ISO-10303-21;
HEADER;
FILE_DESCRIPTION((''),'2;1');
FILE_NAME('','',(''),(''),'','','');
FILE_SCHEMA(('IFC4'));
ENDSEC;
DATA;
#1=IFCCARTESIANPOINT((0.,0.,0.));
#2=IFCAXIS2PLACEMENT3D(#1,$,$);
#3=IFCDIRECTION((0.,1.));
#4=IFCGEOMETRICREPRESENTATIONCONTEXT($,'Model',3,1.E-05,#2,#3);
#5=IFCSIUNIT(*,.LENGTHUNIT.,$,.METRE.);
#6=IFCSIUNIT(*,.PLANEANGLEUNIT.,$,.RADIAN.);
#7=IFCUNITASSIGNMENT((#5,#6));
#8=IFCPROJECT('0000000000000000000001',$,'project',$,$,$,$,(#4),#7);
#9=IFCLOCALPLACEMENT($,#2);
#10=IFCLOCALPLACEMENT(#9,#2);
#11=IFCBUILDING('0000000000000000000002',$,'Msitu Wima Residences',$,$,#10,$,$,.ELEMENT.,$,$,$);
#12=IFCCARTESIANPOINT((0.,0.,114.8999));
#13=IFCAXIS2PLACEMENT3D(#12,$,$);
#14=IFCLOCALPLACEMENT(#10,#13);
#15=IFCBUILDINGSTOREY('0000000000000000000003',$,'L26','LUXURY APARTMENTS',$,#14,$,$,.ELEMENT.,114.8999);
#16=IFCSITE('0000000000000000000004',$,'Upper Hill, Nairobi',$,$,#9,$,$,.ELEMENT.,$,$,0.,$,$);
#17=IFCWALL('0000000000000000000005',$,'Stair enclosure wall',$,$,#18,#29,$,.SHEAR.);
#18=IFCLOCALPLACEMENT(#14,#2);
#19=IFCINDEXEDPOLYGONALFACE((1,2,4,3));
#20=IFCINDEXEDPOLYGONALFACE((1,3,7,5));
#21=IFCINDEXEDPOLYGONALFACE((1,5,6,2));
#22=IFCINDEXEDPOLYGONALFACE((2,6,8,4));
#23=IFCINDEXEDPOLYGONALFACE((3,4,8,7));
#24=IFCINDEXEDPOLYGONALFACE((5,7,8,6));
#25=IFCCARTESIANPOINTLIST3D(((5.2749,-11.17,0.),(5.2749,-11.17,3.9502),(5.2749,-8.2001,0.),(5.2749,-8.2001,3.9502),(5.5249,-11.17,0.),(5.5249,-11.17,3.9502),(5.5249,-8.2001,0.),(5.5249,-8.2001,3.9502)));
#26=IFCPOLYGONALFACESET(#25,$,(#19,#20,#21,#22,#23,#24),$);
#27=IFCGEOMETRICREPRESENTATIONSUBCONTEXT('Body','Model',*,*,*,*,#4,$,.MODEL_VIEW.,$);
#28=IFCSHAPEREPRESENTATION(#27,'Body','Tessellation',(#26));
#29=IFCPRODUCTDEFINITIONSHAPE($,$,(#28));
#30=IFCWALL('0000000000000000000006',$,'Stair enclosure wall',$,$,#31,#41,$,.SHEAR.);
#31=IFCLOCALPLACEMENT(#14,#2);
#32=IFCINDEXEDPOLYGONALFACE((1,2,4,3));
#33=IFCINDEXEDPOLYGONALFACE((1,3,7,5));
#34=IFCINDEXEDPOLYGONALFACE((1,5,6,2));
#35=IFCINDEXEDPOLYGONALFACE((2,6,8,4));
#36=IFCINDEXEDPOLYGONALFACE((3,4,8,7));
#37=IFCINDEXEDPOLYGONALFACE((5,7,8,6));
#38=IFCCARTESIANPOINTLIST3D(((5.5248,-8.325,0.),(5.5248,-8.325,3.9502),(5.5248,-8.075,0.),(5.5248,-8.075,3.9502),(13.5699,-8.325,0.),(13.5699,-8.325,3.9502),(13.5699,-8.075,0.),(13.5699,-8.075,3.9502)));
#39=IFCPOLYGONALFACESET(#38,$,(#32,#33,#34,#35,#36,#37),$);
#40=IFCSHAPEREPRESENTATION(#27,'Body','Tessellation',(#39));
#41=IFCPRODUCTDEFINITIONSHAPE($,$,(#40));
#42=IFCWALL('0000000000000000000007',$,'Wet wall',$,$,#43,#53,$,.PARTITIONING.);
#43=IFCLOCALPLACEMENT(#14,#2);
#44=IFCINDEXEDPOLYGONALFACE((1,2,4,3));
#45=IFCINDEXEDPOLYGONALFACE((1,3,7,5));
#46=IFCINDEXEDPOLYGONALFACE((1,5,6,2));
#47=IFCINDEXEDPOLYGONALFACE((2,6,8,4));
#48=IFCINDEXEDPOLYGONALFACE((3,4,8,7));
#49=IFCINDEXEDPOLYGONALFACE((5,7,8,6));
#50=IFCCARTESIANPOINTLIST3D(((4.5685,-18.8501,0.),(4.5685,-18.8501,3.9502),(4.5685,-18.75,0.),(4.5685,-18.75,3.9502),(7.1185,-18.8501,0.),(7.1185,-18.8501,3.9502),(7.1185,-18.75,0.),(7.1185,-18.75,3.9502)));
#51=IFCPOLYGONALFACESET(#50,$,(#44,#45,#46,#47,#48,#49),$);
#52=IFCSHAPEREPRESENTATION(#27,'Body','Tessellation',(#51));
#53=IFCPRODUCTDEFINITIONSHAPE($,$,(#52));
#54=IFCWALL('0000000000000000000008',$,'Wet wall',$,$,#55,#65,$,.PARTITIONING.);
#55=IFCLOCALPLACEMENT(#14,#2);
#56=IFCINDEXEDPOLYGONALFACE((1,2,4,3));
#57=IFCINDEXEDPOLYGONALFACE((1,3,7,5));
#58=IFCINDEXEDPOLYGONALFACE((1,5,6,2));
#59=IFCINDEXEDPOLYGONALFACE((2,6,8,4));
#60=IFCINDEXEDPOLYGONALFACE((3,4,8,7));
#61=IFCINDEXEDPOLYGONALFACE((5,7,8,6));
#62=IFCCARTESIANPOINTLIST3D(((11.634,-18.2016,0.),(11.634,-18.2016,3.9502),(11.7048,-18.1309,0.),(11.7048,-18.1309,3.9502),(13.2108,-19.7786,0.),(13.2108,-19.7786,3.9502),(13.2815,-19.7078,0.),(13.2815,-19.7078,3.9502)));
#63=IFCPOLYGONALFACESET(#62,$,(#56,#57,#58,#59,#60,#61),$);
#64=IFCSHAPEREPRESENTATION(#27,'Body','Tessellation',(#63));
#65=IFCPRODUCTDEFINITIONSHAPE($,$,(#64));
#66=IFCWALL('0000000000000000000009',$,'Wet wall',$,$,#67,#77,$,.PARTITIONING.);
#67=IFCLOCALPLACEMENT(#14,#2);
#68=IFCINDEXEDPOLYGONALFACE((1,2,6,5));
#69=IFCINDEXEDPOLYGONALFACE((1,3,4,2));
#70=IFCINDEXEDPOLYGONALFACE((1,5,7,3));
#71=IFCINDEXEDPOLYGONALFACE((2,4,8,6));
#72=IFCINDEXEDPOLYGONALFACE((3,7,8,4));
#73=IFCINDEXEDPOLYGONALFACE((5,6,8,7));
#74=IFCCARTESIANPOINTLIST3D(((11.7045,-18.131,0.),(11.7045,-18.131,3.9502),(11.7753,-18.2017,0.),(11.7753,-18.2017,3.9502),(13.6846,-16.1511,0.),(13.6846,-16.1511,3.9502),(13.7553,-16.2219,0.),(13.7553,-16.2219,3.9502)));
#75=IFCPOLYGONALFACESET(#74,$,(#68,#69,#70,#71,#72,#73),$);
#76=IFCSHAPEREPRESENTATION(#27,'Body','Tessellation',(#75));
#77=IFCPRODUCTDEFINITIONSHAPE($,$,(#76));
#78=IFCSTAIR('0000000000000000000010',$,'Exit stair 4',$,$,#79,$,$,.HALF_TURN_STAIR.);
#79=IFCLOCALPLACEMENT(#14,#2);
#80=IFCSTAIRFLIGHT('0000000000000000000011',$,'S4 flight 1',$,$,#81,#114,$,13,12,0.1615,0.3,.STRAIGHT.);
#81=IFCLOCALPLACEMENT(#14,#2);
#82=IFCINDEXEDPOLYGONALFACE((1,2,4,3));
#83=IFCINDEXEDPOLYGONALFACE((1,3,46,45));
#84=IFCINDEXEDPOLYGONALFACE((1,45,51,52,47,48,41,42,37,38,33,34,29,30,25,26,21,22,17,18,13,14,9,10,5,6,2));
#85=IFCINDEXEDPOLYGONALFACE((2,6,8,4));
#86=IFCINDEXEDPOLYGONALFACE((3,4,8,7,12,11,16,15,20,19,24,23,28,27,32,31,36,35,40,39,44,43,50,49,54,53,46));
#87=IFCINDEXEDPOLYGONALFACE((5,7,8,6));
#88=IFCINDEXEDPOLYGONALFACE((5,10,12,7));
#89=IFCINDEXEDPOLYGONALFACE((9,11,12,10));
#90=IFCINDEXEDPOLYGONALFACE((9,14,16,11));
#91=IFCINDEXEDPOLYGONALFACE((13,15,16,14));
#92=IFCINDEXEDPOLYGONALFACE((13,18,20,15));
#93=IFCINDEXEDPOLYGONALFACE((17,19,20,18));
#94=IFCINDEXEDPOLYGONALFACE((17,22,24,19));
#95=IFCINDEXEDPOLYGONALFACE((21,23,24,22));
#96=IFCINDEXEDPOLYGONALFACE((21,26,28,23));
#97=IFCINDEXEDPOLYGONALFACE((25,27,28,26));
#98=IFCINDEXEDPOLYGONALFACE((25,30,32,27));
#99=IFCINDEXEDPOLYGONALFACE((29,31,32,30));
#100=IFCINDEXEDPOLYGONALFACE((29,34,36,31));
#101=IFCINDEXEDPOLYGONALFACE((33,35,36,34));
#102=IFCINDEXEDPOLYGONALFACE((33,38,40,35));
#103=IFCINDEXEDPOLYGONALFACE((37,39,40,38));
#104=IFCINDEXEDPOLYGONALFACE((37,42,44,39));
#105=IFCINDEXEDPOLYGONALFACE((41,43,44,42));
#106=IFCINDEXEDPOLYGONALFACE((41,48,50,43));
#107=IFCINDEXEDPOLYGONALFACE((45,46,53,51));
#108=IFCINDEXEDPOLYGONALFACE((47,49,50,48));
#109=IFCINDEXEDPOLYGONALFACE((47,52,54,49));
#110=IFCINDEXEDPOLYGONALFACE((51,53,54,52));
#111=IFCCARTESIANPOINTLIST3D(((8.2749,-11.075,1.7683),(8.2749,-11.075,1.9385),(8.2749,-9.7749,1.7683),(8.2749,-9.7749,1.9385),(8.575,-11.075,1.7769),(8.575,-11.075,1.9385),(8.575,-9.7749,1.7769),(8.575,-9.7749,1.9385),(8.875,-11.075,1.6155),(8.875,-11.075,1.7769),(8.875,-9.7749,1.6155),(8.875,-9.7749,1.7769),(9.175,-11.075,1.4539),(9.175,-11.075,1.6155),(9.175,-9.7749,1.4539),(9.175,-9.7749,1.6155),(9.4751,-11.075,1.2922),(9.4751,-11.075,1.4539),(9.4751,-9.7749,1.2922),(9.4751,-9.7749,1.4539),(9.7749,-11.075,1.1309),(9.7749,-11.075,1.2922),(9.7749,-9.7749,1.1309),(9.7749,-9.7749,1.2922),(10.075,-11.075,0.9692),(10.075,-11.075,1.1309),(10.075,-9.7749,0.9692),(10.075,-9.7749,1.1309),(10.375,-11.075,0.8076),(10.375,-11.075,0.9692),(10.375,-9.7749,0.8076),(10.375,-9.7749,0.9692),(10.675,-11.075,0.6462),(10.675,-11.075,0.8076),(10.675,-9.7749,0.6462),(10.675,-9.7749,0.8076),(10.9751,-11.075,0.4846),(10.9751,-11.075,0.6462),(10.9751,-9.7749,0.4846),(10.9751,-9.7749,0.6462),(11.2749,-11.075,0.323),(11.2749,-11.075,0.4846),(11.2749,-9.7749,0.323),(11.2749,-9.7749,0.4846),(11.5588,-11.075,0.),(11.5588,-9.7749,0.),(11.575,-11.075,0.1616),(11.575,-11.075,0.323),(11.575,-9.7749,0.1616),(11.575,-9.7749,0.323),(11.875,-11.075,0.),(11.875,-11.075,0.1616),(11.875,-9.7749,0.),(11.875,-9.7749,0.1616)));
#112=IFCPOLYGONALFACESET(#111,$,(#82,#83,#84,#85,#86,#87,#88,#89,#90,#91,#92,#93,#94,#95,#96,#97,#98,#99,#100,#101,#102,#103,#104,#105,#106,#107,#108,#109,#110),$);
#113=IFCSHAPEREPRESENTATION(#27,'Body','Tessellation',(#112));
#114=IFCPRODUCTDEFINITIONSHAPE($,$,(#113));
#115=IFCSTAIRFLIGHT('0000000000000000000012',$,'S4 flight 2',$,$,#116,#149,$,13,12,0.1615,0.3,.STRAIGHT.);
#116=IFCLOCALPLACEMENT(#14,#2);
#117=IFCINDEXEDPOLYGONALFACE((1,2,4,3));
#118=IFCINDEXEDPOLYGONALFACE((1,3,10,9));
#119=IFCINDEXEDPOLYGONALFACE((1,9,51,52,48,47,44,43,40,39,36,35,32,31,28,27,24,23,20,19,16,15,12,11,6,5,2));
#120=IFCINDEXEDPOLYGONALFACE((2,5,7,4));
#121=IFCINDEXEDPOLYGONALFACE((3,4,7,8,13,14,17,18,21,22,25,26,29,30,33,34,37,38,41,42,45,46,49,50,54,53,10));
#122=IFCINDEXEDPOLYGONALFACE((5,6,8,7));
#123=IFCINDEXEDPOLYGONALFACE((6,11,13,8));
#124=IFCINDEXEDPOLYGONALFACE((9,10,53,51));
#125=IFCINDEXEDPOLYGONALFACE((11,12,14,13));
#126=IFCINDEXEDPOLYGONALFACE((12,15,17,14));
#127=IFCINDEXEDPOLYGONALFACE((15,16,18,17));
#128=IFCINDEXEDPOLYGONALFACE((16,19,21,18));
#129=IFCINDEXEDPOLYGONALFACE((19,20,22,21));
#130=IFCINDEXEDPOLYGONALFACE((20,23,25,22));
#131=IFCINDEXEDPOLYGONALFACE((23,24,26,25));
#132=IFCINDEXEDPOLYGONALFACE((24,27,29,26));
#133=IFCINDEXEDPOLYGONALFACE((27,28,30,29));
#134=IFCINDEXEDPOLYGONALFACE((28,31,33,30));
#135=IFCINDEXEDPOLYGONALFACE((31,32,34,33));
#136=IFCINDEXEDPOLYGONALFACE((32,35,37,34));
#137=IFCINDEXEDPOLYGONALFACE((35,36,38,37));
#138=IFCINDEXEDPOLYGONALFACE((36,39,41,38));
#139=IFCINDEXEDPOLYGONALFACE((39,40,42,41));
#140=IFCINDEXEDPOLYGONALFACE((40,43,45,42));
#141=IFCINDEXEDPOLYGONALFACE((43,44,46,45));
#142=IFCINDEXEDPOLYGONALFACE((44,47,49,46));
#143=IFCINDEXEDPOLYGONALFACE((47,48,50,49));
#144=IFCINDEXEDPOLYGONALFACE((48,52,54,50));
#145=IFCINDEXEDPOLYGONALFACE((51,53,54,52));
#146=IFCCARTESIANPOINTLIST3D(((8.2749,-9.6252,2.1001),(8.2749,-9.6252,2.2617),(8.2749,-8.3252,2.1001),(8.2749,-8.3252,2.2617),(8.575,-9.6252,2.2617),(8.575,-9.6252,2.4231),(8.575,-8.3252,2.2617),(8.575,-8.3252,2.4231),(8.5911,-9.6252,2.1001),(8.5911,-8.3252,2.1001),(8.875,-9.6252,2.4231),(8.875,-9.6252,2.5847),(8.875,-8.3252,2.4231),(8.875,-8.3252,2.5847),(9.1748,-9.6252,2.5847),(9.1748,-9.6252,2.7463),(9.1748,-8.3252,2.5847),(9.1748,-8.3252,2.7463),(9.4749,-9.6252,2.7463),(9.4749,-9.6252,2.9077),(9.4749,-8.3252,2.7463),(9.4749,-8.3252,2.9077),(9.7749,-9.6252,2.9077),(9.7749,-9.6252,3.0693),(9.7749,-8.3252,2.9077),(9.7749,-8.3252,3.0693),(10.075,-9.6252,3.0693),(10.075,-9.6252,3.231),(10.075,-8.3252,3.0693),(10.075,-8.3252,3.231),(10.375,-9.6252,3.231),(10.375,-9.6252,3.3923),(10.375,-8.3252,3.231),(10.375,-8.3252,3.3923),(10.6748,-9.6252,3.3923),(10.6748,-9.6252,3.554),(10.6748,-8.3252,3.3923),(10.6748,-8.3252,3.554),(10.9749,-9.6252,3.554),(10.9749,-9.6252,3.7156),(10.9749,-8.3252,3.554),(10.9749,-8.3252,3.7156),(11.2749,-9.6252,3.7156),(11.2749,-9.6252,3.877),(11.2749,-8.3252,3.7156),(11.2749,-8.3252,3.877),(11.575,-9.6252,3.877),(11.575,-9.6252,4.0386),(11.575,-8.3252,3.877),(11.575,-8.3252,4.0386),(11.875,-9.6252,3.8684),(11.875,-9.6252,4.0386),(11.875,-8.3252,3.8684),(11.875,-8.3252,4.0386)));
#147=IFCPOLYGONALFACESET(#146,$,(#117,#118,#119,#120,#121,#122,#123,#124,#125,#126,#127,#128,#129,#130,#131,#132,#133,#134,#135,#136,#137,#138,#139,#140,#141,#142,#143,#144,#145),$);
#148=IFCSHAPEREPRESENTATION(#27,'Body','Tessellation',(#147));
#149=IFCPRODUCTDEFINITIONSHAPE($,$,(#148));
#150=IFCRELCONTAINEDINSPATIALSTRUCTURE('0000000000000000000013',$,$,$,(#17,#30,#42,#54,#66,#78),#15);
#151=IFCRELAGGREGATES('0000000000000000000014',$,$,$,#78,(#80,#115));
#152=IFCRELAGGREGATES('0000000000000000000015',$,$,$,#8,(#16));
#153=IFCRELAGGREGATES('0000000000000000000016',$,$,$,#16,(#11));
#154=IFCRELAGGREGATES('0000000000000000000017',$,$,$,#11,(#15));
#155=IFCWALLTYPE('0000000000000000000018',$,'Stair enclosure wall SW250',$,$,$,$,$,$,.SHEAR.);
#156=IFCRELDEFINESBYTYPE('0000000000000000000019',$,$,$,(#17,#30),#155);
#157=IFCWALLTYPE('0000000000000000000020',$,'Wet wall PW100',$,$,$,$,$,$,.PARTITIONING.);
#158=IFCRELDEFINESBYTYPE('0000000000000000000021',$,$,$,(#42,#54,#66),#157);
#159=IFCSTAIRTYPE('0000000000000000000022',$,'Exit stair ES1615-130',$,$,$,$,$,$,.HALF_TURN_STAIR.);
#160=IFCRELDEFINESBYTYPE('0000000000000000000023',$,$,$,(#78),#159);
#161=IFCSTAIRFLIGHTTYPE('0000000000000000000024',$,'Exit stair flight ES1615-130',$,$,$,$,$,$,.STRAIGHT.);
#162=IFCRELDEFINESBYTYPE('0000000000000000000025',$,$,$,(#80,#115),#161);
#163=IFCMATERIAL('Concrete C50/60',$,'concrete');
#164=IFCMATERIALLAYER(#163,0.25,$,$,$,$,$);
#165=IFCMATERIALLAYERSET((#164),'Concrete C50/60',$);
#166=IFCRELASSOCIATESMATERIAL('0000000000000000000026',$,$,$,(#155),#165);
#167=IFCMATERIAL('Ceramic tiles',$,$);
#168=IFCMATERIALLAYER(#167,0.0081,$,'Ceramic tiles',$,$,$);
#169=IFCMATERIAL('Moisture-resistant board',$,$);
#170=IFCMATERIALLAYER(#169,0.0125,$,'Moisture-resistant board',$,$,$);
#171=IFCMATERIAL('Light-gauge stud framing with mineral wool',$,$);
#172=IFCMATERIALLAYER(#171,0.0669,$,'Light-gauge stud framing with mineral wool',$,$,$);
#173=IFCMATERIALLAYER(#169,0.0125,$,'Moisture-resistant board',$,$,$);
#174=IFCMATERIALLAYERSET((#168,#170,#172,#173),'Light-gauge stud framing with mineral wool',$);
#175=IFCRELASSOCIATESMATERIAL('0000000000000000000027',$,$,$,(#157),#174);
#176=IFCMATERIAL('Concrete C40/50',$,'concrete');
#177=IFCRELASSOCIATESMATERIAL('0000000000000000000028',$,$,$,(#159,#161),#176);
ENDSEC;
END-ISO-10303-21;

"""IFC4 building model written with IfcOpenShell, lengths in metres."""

from ifc_helpers import new_model, si_unit, direction, frame, frame_2d, origin, place, context, subcontext, project, spatial, polyline, rectangle, outline, extrude, material, layer, layer_set, type_object, element, aggregate, save


model = new_model("IFC4")

# Units and contexts
model_context = context("Model", 3, precision=1e-05, world=origin(), true_north=direction((0.0, 1.0)))
body_context = subcontext(model_context, "Body", "Model", "MODEL_VIEW")
ifc_project = project(units=[si_unit("LENGTHUNIT", "METRE"), si_unit("PLANEANGLEUNIT", "RADIAN")], contexts=[model_context])

# Site, building, storey
site_placement = place(None, origin())
site = spatial("IfcSite", under=ifc_project, at=site_placement, Name="Upper Hill, Nairobi", CompositionType="ELEMENT", RefElevation=0.0)
building_placement = place(site_placement, origin())
building = spatial("IfcBuilding", under=site, at=building_placement, Name="Msitu Wima Residences", CompositionType="ELEMENT")
storey_placement = place(building_placement, frame((0.0, 0.0, 114.8999)))
storey = spatial("IfcBuildingStorey", under=building, at=storey_placement, Name="L26", Description="LUXURY APARTMENTS", CompositionType="ELEMENT", Elevation=114.8999)

# Shared definitions
ifc_material_1 = material(Name="Concrete C40/50", Category="concrete")

# Walls
ifc_material_2 = material(Name="Light-gauge stud framing with mineral wool")
ifc_material_3 = material(Name="Concrete C50/60", Category="concrete")
ifc_layer_1 = layer(ifc_material_3, 0.25)
ifc_layer_set_1 = layer_set([ifc_layer_1], Name="Concrete C50/60")
wall_type_1 = type_object("IfcWallType", Name="Stair enclosure wall SW250", PredefinedType="SHEAR", material=ifc_layer_set_1)
wall_1_placement = place(storey_placement, frame((5.3999, -11.1699, 0.0), z_axis=(0.0, 0.0, 1.0), x_axis=(0.0, 1.0, 0.0)))
element("IfcWall", 1, at=wall_1_placement, inside=storey, type_object=wall_type_1, Name="Stair enclosure wall", PredefinedType="SHEAR", context=body_context, shape_type="SweptSolid", body=[
    extrude(rectangle(XDim=2.97, YDim=0.25, at=frame_2d((1.4849, 0.0))), origin(), (0.0, 0.0, 1.0), 3.9502),
])
wall_2_placement = place(storey_placement, frame((5.5249, -8.2, 0.0), z_axis=(0.0, 0.0, 1.0), x_axis=(1.0, 0.0, 0.0)))
element("IfcWall", 2, at=wall_2_placement, inside=storey, type_object=wall_type_1, Name="Stair enclosure wall", PredefinedType="SHEAR", context=body_context, shape_type="SweptSolid", body=[
    extrude(rectangle(XDim=8.0452, YDim=0.25, at=frame_2d((4.0225, 0.0))), origin(), (0.0, 0.0, 1.0), 3.9502),
])
ifc_material_4 = material(Name="Ceramic tiles")
ifc_layer_2 = layer(ifc_material_4, 0.0081, Name="Ceramic tiles")
ifc_material_5 = material(Name="Moisture-resistant board")
ifc_layer_3 = layer(ifc_material_5, 0.0125, Name="Moisture-resistant board")
ifc_layer_4 = layer(ifc_material_2, 0.0669, Name="Light-gauge stud framing with mineral wool")
ifc_layer_5 = layer(ifc_material_5, 0.0125, Name="Moisture-resistant board")
ifc_layer_set_2 = layer_set([ifc_layer_2, ifc_layer_3, ifc_layer_4, ifc_layer_5], Name="Light-gauge stud framing with mineral wool")
wall_type_2 = type_object("IfcWallType", Name="Wet wall PW100", PredefinedType="PARTITIONING", material=ifc_layer_set_2)
wall_3_placement = place(storey_placement, frame((4.5686, -18.8, 0.0), z_axis=(0.0, 0.0, 1.0), x_axis=(1.0, 0.0, 0.0)))
element("IfcWall", 3, at=wall_3_placement, inside=storey, type_object=wall_type_2, Name="Wet wall", PredefinedType="PARTITIONING", context=body_context, shape_type="SweptSolid", body=[
    extrude(rectangle(XDim=2.55, YDim=0.1001, at=frame_2d((1.2749, 0.0))), origin(), (0.0, 0.0, 1.0), 3.9502),
])
wall_4_placement = place(storey_placement, frame((11.6694, -18.1663, 0.0), z_axis=(0.0, 0.0, 1.0), x_axis=(0.707052, -0.707162, 0.0)))
element("IfcWall", 4, at=wall_4_placement, inside=storey, type_object=wall_type_2, Name="Wet wall", PredefinedType="PARTITIONING", context=body_context, shape_type="SweptSolid", body=[
    extrude(rectangle(XDim=2.23, YDim=0.1001, at=frame_2d((1.115, 0.0))), origin(), (0.0, 0.0, 1.0), 3.9502),
])
wall_5_placement = place(storey_placement, frame((11.74, -18.1663, 0.0), z_axis=(0.0, 0.0, 1.0), x_axis=(0.70715, 0.707063, 0.0)))
element("IfcWall", 5, at=wall_5_placement, inside=storey, type_object=wall_type_2, Name="Wet wall", PredefinedType="PARTITIONING", context=body_context, shape_type="SweptSolid", body=[
    extrude(rectangle(XDim=2.8, YDim=0.1001, at=frame_2d((1.3999, 0.0))), origin(), (0.0, 0.0, 1.0), 3.9502),
])

# Stair, stair flights
stair_type = type_object("IfcStairType", Name="Exit stair ES1615-130", PredefinedType="HALF_TURN_STAIR", material=ifc_material_1)
stair_placement = place(storey_placement, origin())
stair = element("IfcStair", 6, at=stair_placement, inside=storey, type_object=stair_type, Name="Exit stair 4", PredefinedType="HALF_TURN_STAIR")
stair_flight_type = type_object("IfcStairFlightType", Name="Exit stair flight ES1615-130", PredefinedType="STRAIGHT", material=ifc_material_1)
stair_flight_1_placement = place(storey_placement, frame((11.875, -10.425, 0.0), z_axis=(0.0, 0.0, 1.0), x_axis=(-1.0, 0.0, 0.0)))
stair_flight_1 = element("IfcStairFlight", 7, at=stair_flight_1_placement, type_object=stair_flight_type, Name="S4 flight 1", NumberOfRisers=13, NumberOfTreads=12, PredefinedType="STRAIGHT", RiserHeight=0.1615, TreadLength=0.3, context=body_context, shape_type="SweptSolid", body=[
    extrude(outline(polyline([(0.0, 0.0), (0.0, 0.1616), (0.3, 0.1616), (0.3, 0.323), (0.6001, 0.323), (0.6001, 0.4846), (0.8999, 0.4846), (0.8999, 0.6462), (1.2, 0.6462), (1.2, 0.8076), (1.5, 0.8076), (1.5, 0.9692), (1.8, 0.9692), (1.8, 1.1309), (2.1001, 1.1309), (2.1001, 1.2922), (2.3999, 1.2922), (2.3999, 1.4539), (2.7, 1.4539), (2.7, 1.6155), (3.0, 1.6155), (3.0, 1.7769), (3.3, 1.7769), (3.3, 1.9385), (3.6001, 1.9385), (3.6001, 2.1001), (3.6001, 1.7683), (0.3162, 0.0), (0.0, 0.0)])), frame((0.0, 0.6499, 0.0), z_axis=(0.0, -1.0, 0.0), x_axis=(1.0, 0.0, 0.0)), (0.0, 0.0, 1.0), 1.3),
])
stair_flight_2_placement = place(storey_placement, frame((8.2749, -8.9751, 2.1001), z_axis=(0.0, 0.0, 1.0), x_axis=(1.0, 0.0, 0.0)))
stair_flight_2 = element("IfcStairFlight", 8, at=stair_flight_2_placement, type_object=stair_flight_type, Name="S4 flight 2", NumberOfRisers=13, NumberOfTreads=12, PredefinedType="STRAIGHT", RiserHeight=0.1615, TreadLength=0.3, context=body_context, shape_type="SweptSolid", body=[
    extrude(outline(polyline([(0.0, 0.0), (0.0, 0.1616), (0.3, 0.1616), (0.3, 0.323), (0.6001, 0.323), (0.6001, 0.4846), (0.8999, 0.4846), (0.8999, 0.6462), (1.2, 0.6462), (1.2, 0.8076), (1.5, 0.8076), (1.5, 0.9692), (1.8, 0.9692), (1.8, 1.1309), (2.1001, 1.1309), (2.1001, 1.2922), (2.3999, 1.2922), (2.3999, 1.4539), (2.7, 1.4539), (2.7, 1.6155), (3.0, 1.6155), (3.0, 1.7769), (3.3, 1.7769), (3.3, 1.9385), (3.6001, 1.9385), (3.6001, 2.1001), (3.6001, 1.7683), (0.3162, 0.0), (0.0, 0.0)])), frame((0.0, 0.6499, 0.0), z_axis=(0.0, -1.0, 0.0), x_axis=(1.0, 0.0, 0.0)), (0.0, 0.0, 1.0), 1.3),
])
aggregate(stair, [stair_flight_1, stair_flight_2])

save(model, "model.ifc")
